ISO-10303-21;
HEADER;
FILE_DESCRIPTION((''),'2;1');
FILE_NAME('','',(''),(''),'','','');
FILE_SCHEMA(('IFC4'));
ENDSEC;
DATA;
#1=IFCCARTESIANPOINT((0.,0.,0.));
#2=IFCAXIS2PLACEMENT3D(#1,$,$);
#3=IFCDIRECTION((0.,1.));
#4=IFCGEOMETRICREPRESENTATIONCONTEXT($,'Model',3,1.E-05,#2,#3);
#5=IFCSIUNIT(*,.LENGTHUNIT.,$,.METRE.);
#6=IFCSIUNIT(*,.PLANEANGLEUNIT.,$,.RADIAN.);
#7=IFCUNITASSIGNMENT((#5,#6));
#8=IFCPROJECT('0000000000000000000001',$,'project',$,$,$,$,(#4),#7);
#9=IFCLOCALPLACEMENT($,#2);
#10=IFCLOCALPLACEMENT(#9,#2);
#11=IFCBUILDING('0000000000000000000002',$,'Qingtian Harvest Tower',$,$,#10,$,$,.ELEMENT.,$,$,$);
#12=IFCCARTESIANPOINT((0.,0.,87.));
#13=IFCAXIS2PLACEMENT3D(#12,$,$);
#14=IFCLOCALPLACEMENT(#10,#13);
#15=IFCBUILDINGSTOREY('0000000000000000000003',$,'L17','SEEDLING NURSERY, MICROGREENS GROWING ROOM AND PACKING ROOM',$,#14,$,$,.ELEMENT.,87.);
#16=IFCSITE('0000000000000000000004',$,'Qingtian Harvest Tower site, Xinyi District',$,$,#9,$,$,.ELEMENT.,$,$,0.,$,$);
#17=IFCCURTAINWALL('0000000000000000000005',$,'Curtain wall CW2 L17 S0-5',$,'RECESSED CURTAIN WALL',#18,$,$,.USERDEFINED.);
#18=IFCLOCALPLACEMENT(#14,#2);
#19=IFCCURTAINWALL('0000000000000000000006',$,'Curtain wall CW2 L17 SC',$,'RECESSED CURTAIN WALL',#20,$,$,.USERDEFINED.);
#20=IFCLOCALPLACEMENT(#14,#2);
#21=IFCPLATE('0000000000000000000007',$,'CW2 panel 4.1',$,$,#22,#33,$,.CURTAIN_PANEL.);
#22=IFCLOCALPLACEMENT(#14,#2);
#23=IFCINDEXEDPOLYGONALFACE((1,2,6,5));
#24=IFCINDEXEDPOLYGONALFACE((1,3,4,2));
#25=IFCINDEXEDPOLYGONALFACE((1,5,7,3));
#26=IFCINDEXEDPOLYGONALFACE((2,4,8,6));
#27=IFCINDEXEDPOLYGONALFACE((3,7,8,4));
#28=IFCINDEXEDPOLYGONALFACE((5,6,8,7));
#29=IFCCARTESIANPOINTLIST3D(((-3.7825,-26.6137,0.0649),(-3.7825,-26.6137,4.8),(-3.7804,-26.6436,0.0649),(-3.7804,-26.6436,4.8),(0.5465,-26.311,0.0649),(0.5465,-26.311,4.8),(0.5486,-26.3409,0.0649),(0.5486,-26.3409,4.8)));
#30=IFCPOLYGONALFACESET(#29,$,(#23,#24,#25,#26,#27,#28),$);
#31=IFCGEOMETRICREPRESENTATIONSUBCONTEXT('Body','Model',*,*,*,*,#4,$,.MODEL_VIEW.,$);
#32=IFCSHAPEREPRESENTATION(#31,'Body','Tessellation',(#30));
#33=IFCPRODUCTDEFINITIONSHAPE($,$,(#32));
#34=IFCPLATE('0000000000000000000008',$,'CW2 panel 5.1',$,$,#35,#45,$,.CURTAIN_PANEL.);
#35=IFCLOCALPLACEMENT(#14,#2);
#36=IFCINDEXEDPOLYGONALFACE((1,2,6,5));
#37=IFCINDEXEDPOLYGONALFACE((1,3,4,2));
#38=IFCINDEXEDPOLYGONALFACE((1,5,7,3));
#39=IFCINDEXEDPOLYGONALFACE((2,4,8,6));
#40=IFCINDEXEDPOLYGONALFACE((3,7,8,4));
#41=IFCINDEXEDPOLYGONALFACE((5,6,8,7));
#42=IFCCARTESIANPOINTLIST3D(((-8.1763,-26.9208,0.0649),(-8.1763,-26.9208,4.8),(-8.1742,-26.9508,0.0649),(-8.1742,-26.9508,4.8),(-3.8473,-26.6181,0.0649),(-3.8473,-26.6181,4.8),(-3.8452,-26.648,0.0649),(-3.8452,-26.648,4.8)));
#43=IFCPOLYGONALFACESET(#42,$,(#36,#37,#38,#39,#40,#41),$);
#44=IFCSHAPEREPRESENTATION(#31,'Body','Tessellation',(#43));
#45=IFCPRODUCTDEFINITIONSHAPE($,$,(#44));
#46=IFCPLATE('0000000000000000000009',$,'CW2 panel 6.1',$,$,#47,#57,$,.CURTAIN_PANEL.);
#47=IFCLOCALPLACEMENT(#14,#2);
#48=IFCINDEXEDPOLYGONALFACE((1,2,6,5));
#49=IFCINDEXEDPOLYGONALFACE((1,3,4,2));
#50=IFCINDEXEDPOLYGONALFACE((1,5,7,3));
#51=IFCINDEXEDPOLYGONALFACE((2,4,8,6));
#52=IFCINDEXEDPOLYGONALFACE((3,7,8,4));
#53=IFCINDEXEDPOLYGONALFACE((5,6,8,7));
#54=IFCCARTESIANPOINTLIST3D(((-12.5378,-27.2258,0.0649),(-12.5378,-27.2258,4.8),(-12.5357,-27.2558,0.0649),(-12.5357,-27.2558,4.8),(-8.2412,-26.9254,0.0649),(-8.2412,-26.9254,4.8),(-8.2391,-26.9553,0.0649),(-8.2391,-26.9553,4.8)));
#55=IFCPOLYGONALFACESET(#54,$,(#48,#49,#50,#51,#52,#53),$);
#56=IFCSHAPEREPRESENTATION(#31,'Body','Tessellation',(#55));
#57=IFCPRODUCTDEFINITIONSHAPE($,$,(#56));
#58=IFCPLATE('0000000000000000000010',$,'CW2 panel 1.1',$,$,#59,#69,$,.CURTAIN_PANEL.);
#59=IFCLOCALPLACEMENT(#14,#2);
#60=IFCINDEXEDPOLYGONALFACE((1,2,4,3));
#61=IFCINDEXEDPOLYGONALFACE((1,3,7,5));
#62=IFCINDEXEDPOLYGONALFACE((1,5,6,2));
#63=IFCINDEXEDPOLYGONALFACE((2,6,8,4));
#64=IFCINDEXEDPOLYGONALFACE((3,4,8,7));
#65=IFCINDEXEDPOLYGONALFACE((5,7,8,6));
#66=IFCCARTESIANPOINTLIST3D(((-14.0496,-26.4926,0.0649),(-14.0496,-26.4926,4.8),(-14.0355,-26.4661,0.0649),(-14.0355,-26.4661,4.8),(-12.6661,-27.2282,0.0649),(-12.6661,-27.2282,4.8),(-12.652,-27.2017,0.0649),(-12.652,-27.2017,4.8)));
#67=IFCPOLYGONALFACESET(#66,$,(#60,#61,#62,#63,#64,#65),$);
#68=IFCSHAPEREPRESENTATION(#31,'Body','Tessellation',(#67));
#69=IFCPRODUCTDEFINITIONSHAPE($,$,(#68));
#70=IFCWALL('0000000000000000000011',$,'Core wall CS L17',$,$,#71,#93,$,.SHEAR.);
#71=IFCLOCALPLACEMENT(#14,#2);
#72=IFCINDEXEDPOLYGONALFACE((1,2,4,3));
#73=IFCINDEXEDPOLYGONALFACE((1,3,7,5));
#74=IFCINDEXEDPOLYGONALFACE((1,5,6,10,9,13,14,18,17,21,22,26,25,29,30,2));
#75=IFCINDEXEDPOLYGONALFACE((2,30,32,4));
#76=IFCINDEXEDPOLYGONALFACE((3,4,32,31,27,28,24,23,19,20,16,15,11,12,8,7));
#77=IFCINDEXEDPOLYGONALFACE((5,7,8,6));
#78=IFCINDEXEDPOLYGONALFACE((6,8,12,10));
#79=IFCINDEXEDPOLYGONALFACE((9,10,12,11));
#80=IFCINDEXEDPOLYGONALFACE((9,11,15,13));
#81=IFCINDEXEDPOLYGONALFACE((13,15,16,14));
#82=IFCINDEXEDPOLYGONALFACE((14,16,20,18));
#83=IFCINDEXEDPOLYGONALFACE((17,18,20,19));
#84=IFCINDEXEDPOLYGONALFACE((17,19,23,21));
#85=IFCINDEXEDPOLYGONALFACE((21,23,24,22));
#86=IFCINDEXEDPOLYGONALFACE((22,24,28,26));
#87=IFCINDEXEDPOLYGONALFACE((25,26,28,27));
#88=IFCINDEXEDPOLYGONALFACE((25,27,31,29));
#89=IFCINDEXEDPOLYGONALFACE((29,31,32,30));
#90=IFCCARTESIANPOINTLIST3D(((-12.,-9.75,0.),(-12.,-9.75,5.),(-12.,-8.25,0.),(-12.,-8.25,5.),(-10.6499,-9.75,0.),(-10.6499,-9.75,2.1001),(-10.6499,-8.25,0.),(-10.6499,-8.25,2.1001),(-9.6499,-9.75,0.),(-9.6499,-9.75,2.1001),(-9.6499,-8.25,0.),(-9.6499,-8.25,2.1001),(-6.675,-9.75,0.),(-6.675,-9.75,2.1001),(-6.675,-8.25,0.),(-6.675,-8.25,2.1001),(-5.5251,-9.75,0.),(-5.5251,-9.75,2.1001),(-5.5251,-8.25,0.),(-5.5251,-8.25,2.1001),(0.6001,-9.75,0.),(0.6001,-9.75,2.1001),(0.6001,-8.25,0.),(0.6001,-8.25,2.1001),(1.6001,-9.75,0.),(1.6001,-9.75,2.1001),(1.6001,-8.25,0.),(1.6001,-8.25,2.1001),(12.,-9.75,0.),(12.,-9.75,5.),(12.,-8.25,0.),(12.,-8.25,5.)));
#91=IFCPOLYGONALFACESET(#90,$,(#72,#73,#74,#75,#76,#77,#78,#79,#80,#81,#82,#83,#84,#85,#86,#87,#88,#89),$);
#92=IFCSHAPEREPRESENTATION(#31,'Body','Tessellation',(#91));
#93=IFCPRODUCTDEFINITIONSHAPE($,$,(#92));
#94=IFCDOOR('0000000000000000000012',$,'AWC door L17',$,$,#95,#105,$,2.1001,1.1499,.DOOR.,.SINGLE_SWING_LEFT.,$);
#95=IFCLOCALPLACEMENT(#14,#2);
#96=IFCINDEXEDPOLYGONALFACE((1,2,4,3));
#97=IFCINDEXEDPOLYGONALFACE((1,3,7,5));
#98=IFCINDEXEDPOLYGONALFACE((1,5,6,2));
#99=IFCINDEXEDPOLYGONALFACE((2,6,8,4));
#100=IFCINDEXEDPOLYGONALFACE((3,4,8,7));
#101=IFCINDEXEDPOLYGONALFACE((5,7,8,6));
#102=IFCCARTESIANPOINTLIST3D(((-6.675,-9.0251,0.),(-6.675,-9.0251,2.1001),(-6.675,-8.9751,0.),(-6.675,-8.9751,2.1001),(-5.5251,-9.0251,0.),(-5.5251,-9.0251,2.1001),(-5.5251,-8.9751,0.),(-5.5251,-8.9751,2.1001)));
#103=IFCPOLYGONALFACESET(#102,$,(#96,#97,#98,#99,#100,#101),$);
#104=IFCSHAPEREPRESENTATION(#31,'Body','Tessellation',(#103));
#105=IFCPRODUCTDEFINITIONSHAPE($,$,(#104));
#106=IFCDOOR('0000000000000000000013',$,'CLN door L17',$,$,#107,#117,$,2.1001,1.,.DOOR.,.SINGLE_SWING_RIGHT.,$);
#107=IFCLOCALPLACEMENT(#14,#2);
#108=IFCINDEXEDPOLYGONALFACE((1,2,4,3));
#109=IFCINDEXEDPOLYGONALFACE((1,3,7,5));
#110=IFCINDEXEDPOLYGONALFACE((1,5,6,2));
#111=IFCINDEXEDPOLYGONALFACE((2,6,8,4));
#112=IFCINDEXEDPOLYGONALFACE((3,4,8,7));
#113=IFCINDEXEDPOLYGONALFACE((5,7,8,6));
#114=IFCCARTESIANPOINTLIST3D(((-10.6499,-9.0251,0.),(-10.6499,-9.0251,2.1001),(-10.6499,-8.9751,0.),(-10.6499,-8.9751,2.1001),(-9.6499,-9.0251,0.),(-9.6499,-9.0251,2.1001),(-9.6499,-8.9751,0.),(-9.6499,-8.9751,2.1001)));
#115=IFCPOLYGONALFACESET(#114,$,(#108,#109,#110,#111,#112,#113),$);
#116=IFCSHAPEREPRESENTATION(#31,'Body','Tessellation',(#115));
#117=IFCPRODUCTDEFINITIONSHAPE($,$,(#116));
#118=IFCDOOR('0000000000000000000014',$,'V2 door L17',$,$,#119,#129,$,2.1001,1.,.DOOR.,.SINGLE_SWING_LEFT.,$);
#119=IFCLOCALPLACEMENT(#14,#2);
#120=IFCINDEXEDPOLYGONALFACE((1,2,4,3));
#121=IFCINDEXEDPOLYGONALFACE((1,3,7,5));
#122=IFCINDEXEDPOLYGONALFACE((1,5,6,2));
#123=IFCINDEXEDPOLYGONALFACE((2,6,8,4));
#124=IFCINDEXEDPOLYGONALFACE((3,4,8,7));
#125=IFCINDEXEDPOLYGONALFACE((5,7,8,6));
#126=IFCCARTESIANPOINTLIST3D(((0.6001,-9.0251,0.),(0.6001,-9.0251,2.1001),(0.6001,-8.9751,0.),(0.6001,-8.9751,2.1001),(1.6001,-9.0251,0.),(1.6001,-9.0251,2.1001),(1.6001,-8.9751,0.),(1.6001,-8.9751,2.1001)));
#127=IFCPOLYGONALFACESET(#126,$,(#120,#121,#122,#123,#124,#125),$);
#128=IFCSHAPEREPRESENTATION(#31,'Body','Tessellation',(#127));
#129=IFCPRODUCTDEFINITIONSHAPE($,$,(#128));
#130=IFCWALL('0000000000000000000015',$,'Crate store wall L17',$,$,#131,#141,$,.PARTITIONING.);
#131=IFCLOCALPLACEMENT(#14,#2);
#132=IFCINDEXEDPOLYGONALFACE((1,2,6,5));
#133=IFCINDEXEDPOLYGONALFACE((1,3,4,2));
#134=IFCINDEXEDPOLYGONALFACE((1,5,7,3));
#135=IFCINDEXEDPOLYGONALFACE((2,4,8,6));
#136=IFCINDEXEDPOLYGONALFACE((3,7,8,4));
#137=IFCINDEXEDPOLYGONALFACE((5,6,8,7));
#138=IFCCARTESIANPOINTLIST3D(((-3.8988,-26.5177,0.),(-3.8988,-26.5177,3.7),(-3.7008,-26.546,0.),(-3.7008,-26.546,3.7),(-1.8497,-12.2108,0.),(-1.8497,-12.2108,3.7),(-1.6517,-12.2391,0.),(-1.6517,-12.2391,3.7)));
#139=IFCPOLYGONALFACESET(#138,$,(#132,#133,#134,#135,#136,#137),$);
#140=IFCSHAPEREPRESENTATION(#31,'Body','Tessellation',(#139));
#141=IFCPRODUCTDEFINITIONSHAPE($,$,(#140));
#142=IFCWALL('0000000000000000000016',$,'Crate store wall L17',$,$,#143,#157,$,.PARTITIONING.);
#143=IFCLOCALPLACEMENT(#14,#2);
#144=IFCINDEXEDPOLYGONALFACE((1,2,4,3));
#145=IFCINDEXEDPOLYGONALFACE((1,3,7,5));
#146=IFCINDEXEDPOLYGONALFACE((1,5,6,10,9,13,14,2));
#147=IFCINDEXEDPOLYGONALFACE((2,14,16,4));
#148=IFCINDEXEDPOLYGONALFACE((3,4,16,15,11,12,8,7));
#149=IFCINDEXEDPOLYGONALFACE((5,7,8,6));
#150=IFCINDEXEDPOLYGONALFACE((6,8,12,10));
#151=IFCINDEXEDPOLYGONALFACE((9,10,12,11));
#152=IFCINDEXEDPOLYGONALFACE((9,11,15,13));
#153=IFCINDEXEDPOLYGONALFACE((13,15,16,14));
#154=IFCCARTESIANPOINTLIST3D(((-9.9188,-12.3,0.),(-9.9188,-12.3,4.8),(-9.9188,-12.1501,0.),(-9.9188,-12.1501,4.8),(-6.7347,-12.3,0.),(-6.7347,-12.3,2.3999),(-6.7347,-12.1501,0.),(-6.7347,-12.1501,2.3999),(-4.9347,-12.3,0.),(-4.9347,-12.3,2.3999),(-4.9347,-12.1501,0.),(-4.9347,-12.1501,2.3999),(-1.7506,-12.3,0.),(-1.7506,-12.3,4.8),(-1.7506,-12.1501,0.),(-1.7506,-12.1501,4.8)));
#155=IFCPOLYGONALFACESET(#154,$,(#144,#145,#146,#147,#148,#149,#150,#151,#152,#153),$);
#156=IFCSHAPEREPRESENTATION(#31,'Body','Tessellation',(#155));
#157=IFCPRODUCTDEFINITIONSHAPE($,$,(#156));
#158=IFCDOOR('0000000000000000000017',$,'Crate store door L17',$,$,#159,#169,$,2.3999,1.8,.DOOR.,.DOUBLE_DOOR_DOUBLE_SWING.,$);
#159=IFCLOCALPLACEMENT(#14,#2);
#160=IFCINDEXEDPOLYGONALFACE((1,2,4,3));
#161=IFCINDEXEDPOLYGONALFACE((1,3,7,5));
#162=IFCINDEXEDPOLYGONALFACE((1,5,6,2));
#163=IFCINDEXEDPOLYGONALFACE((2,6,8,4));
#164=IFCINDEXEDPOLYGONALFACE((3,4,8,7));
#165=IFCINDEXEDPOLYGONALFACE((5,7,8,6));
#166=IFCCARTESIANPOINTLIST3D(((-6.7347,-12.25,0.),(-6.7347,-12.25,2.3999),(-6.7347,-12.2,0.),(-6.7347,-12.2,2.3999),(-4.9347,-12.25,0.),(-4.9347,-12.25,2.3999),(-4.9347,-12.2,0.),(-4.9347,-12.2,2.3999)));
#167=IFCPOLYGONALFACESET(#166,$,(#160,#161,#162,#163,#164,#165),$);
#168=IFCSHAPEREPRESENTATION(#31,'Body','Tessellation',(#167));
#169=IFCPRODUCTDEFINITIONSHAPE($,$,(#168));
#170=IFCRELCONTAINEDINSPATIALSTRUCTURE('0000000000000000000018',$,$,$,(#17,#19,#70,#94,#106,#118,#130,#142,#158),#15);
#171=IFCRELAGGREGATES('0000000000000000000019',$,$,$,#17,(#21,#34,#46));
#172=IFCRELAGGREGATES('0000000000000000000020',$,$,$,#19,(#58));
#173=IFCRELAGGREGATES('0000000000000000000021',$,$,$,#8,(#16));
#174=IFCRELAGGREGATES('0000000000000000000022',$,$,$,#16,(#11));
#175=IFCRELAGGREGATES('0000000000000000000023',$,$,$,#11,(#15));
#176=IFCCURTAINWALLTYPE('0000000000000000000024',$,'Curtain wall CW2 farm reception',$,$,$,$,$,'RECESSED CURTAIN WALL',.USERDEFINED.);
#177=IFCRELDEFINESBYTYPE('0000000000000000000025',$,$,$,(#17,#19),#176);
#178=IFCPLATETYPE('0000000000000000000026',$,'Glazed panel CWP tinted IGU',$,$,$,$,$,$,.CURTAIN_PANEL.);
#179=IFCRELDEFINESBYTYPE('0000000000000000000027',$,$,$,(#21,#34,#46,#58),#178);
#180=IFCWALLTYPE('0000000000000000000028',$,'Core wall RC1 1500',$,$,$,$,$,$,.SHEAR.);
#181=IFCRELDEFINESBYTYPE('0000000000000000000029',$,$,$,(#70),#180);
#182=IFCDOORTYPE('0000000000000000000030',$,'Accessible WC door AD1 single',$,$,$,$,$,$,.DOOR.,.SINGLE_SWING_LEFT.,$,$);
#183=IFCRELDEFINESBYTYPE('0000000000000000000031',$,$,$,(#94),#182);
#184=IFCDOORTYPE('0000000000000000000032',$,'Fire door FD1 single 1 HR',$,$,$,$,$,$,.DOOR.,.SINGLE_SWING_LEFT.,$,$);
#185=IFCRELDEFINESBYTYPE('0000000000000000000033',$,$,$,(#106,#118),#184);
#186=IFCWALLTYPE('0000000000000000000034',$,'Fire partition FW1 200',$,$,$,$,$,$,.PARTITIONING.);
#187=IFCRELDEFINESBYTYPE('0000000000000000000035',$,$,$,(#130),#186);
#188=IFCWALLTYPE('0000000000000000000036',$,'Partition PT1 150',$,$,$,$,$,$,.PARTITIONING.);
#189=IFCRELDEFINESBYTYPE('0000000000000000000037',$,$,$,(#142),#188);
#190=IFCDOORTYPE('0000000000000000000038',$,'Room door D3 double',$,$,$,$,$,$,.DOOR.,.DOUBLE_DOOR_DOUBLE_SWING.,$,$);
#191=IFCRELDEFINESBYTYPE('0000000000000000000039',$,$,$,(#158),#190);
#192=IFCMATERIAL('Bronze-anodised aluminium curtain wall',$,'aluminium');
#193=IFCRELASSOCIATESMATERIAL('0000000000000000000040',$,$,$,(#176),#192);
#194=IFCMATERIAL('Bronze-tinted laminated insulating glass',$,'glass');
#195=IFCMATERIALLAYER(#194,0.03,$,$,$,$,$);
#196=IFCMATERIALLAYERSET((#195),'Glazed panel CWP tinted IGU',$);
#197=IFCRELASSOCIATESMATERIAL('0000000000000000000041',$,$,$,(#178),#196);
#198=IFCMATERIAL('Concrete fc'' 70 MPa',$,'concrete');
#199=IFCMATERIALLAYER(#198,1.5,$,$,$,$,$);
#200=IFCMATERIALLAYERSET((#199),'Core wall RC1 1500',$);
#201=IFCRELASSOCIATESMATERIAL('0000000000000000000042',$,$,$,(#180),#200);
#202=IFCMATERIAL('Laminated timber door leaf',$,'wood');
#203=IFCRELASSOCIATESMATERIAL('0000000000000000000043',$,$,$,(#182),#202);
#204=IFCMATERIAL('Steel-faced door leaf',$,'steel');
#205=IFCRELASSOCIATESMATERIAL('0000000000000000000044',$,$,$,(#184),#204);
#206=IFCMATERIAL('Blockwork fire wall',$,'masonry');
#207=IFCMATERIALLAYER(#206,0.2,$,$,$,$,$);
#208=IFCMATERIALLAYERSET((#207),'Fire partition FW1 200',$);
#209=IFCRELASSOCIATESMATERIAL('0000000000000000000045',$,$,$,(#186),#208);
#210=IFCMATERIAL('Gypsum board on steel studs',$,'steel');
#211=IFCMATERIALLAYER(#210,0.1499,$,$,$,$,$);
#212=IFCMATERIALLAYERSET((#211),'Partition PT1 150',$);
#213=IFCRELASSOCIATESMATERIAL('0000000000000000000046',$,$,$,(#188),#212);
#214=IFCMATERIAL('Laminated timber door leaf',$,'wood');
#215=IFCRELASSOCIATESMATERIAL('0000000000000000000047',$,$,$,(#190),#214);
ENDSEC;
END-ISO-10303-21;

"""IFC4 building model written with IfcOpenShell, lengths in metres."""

from ifc_helpers import new_model, si_unit, direction, frame, frame_2d, origin, origin_2d, place, context, subcontext, project, spatial, rectangle, extrude, material, layer, layer_set, type_object, element, fill, aggregate, save


model = new_model("IFC4")

# Units and contexts
model_context = context("Model", 3, precision=1e-05, world=origin(), true_north=direction((0.0, 1.0)))
body_context = subcontext(model_context, "Body", "Model", "MODEL_VIEW")
ifc_project = project(units=[si_unit("LENGTHUNIT", "METRE"), si_unit("PLANEANGLEUNIT", "RADIAN")], contexts=[model_context])

# Site, building, storey
site_placement = place(None, origin())
site = spatial("IfcSite", under=ifc_project, at=site_placement, Name="Qingtian Harvest Tower site, Xinyi District", CompositionType="ELEMENT", RefElevation=0.0)
building_placement = place(site_placement, origin())
building = spatial("IfcBuilding", under=site, at=building_placement, Name="Qingtian Harvest Tower", CompositionType="ELEMENT")
storey_placement = place(building_placement, frame((0.0, 0.0, 87.0)))
storey = spatial("IfcBuildingStorey", under=building, at=storey_placement, Name="L17", Description="SEEDLING NURSERY, MICROGREENS GROWING ROOM AND PACKING ROOM", CompositionType="ELEMENT", Elevation=87.0)

# Curtain walls
ifc_material_1 = material(Name="Bronze-anodised aluminium curtain wall", Category="aluminium")
curtain_wall_type = type_object("IfcCurtainWallType", Name="Curtain wall CW2 farm reception", ElementType="RECESSED CURTAIN WALL", PredefinedType="USERDEFINED", material=ifc_material_1)
curtain_wall_1_placement = place(storey_placement, origin())
curtain_wall_1 = element("IfcCurtainWall", 1, at=curtain_wall_1_placement, inside=storey, type_object=curtain_wall_type, Name="Curtain wall CW2 L17 S0-5", ObjectType="RECESSED CURTAIN WALL", PredefinedType="USERDEFINED")
curtain_wall_2_placement = place(storey_placement, origin())
curtain_wall_2 = element("IfcCurtainWall", 2, at=curtain_wall_2_placement, inside=storey, type_object=curtain_wall_type, Name="Curtain wall CW2 L17 SC", ObjectType="RECESSED CURTAIN WALL", PredefinedType="USERDEFINED")

# Plates
ifc_material_2 = material(Name="Bronze-tinted laminated insulating glass", Category="glass")
ifc_layer_1 = layer(ifc_material_2, 0.03)
ifc_layer_set_1 = layer_set([ifc_layer_1], Name="Glazed panel CWP tinted IGU")
plate_type = type_object("IfcPlateType", Name="Glazed panel CWP tinted IGU", PredefinedType="CURTAIN_PANEL", material=ifc_layer_set_1)
plate_1_placement = place(storey_placement, frame((-1.6169, -26.4773, 0.0649), z_axis=(0.0, 0.0, 1.0), x_axis=(-0.997564, -0.069756, 0.0)))
plate_1 = element("IfcPlate", 3, at=plate_1_placement, type_object=plate_type, Name="CW2 panel 4.1", PredefinedType="CURTAIN_PANEL", context=body_context, shape_type="SweptSolid", body=[
    extrude(rectangle(XDim=4.3396, YDim=0.03, at=origin_2d()), origin(), (0.0, 0.0, 1.0), 4.7351),
])
plate_2_placement = place(storey_placement, frame((-6.0107, -26.7844, 0.0649), z_axis=(0.0, 0.0, 1.0), x_axis=(-0.997564, -0.069756, 0.0)))
plate_2 = element("IfcPlate", 4, at=plate_2_placement, type_object=plate_type, Name="CW2 panel 5.1", PredefinedType="CURTAIN_PANEL", context=body_context, shape_type="SweptSolid", body=[
    extrude(rectangle(XDim=4.3396, YDim=0.03, at=origin_2d()), origin(), (0.0, 0.0, 1.0), 4.7351),
])
plate_3_placement = place(storey_placement, frame((-10.3884, -27.0906, 0.0649), z_axis=(0.0, 0.0, 1.0), x_axis=(-0.997564, -0.069756, 0.0)))
plate_3 = element("IfcPlate", 5, at=plate_3_placement, type_object=plate_type, Name="CW2 panel 6.1", PredefinedType="CURTAIN_PANEL", context=body_context, shape_type="SweptSolid", body=[
    extrude(rectangle(XDim=4.3071, YDim=0.03, at=origin_2d()), origin(), (0.0, 0.0, 1.0), 4.7351),
])
aggregate(curtain_wall_1, [plate_1, plate_2, plate_3])
plate_4_placement = place(storey_placement, frame((-13.3508, -26.8472, 0.0649), z_axis=(0.0, 0.0, 1.0), x_axis=(-0.882948, 0.469472, 0.0)))
plate_4 = element("IfcPlate", 6, at=plate_4_placement, type_object=plate_type, Name="CW2 panel 1.1", PredefinedType="CURTAIN_PANEL", context=body_context, shape_type="SweptSolid", body=[
    extrude(rectangle(XDim=1.5669, YDim=0.03, at=origin_2d()), origin(), (0.0, 0.0, 1.0), 4.7351),
])
aggregate(curtain_wall_2, [plate_4])

# Wall, openings, doors
ifc_material_3 = material(Name="Concrete fc' 70 MPa", Category="concrete")
ifc_layer_2 = layer(ifc_material_3, 1.5)
ifc_layer_set_2 = layer_set([ifc_layer_2], Name="Core wall RC1 1500")
wall_type_1 = type_object("IfcWallType", Name="Core wall RC1 1500", PredefinedType="SHEAR", material=ifc_layer_set_2)
wall_1_placement = place(storey_placement, frame((-12.0, -9.0, 0.0), z_axis=(0.0, 0.0, 1.0), x_axis=(1.0, 0.0, 0.0)))
wall_1 = element("IfcWall", 7, at=wall_1_placement, inside=storey, type_object=wall_type_1, Name="Core wall CS L17", PredefinedType="SHEAR", context=body_context, shape_type="SweptSolid", body=[
    extrude(rectangle(XDim=24.0, YDim=1.5, at=frame_2d((12.0, 0.0))), origin(), (0.0, 0.0, 1.0), 5.0),
])
opening_1_placement = place(wall_1_placement, frame((1.3501, 0.0, 0.0)))
opening_1 = element("IfcOpeningElement", 8, at=opening_1_placement, cuts=wall_1, PredefinedType="OPENING", context=body_context, shape_type="SweptSolid", body=[
    extrude(rectangle(XDim=1.0, YDim=2.1001, at=frame_2d((0.5, 1.05))), frame((0.0, 0.76, 0.0), z_axis=(0.0, -1.0, 0.0), x_axis=(1.0, 0.0, 0.0)), (0.0, 0.0, 1.0), 1.52),
])
opening_2_placement = place(wall_1_placement, frame((5.325, 0.0, 0.0)))
opening_2 = element("IfcOpeningElement", 9, at=opening_2_placement, cuts=wall_1, PredefinedType="OPENING", context=body_context, shape_type="SweptSolid", body=[
    extrude(rectangle(XDim=1.1499, YDim=2.1001, at=frame_2d((0.575, 1.05))), frame((0.0, 0.76, 0.0), z_axis=(0.0, -1.0, 0.0), x_axis=(1.0, 0.0, 0.0)), (0.0, 0.0, 1.0), 1.52),
])
opening_3_placement = place(wall_1_placement, frame((12.6001, 0.0, 0.0)))
opening_3 = element("IfcOpeningElement", 10, at=opening_3_placement, cuts=wall_1, PredefinedType="OPENING", context=body_context, shape_type="SweptSolid", body=[
    extrude(rectangle(XDim=1.0, YDim=2.1001, at=frame_2d((0.5, 1.05))), frame((0.0, 0.76, 0.0), z_axis=(0.0, -1.0, 0.0), x_axis=(1.0, 0.0, 0.0)), (0.0, 0.0, 1.0), 1.52),
])
ifc_material_4 = material(Name="Laminated timber door leaf", Category="wood")
door_type_1 = type_object("IfcDoorType", Name="Accessible WC door AD1 single", OperationType="SINGLE_SWING_LEFT", PredefinedType="DOOR", material=ifc_material_4)
door_1_placement = place(opening_2_placement, origin())
door_1 = element("IfcDoor", 11, at=door_1_placement, inside=storey, type_object=door_type_1, Name="AWC door L17", OperationType="SINGLE_SWING_LEFT", OverallHeight=2.1001, OverallWidth=1.1499, PredefinedType="DOOR", context=body_context, shape_type="SweptSolid", body=[
    extrude(rectangle(XDim=1.1499, YDim=2.1001, at=frame_2d((0.575, 1.05))), frame((0.0, 0.0249, 0.0), z_axis=(0.0, -1.0, 0.0), x_axis=(1.0, 0.0, 0.0)), (0.0, 0.0, 1.0), 0.05),
])
fill(opening_2, door_1)
ifc_material_5 = material(Name="Steel-faced door leaf", Category="steel")
door_type_2 = type_object("IfcDoorType", Name="Fire door FD1 single 1 HR", OperationType="SINGLE_SWING_LEFT", PredefinedType="DOOR", material=ifc_material_5)
door_2_placement = place(opening_1_placement, origin())
door_2 = element("IfcDoor", 12, at=door_2_placement, inside=storey, type_object=door_type_2, Name="CLN door L17", OperationType="SINGLE_SWING_RIGHT", OverallHeight=2.1001, OverallWidth=1.0, PredefinedType="DOOR", context=body_context, shape_type="SweptSolid", body=[
    extrude(rectangle(XDim=1.0, YDim=2.1001, at=frame_2d((0.5, 1.05))), frame((0.0, 0.0249, 0.0), z_axis=(0.0, -1.0, 0.0), x_axis=(1.0, 0.0, 0.0)), (0.0, 0.0, 1.0), 0.05),
])
fill(opening_1, door_2)
door_3_placement = place(opening_3_placement, origin())
door_3 = element("IfcDoor", 13, at=door_3_placement, inside=storey, type_object=door_type_2, Name="V2 door L17", OperationType="SINGLE_SWING_LEFT", OverallHeight=2.1001, OverallWidth=1.0, PredefinedType="DOOR", context=body_context, shape_type="SweptSolid", body=[
    extrude(rectangle(XDim=1.0, YDim=2.1001, at=frame_2d((0.5, 1.05))), frame((0.0, 0.0249, 0.0), z_axis=(0.0, -1.0, 0.0), x_axis=(1.0, 0.0, 0.0)), (0.0, 0.0, 1.0), 0.05),
])
fill(opening_3, door_3)

# Wall
ifc_material_6 = material(Name="Blockwork fire wall", Category="masonry")
ifc_layer_3 = layer(ifc_material_6, 0.2)
ifc_layer_set_3 = layer_set([ifc_layer_3], Name="Fire partition FW1 200")
wall_type_2 = type_object("IfcWallType", Name="Fire partition FW1 200", PredefinedType="PARTITIONING", material=ifc_layer_set_3)
wall_2_placement = place(storey_placement, frame((-3.7998, -26.532, 0.0), z_axis=(0.0, 0.0, 1.0), x_axis=(0.141776, 0.989899, 0.0)))
element("IfcWall", 14, at=wall_2_placement, inside=storey, type_object=wall_type_2, Name="Crate store wall L17", PredefinedType="PARTITIONING", context=body_context, shape_type="SweptSolid", body=[
    extrude(rectangle(XDim=14.4529, YDim=0.2, at=frame_2d((7.2266, 0.0))), origin(), (0.0, 0.0, 1.0), 3.7),
])

# Wall, opening, door
ifc_material_7 = material(Name="Gypsum board on steel studs", Category="steel")
ifc_layer_4 = layer(ifc_material_7, 0.1499)
ifc_layer_set_4 = layer_set([ifc_layer_4], Name="Partition PT1 150")
wall_type_3 = type_object("IfcWallType", Name="Partition PT1 150", PredefinedType="PARTITIONING", material=ifc_layer_set_4)
wall_3_placement = place(storey_placement, frame((-1.7507, -12.2251, 0.0), z_axis=(0.0, 0.0, 1.0), x_axis=(-1.0, 0.0, 0.0)))
wall_3 = element("IfcWall", 15, at=wall_3_placement, inside=storey, type_object=wall_type_3, Name="Crate store wall L17", PredefinedType="PARTITIONING", context=body_context, shape_type="SweptSolid", body=[
    extrude(rectangle(XDim=8.1682, YDim=0.1499, at=frame_2d((4.084, 0.0))), origin(), (0.0, 0.0, 1.0), 4.8),
])
opening_4_placement = place(wall_3_placement, frame((3.1841, 0.0, 0.0)))
opening_4 = element("IfcOpeningElement", 16, at=opening_4_placement, cuts=wall_3, PredefinedType="OPENING", context=body_context, shape_type="SweptSolid", body=[
    extrude(rectangle(XDim=1.8, YDim=2.3999, at=frame_2d((0.8999, 1.2))), frame((0.0, 0.085, 0.0), z_axis=(0.0, -1.0, 0.0), x_axis=(1.0, 0.0, 0.0)), (0.0, 0.0, 1.0), 0.1699),
])
ifc_material_8 = material(Name="Laminated timber door leaf", Category="wood")
door_type_3 = type_object("IfcDoorType", Name="Room door D3 double", OperationType="DOUBLE_DOOR_DOUBLE_SWING", PredefinedType="DOOR", material=ifc_material_8)
door_4_placement = place(opening_4_placement, origin())
door_4 = element("IfcDoor", 17, at=door_4_placement, inside=storey, type_object=door_type_3, Name="Crate store door L17", OperationType="DOUBLE_DOOR_DOUBLE_SWING", OverallHeight=2.3999, OverallWidth=1.8, PredefinedType="DOOR", context=body_context, shape_type="SweptSolid", body=[
    extrude(rectangle(XDim=1.8, YDim=2.3999, at=frame_2d((0.8999, 1.2))), frame((0.0, 0.0249, 0.0), z_axis=(0.0, -1.0, 0.0), x_axis=(1.0, 0.0, 0.0)), (0.0, 0.0, 1.0), 0.05),
])
fill(opening_4, door_4)

save(model, "model.ifc")
